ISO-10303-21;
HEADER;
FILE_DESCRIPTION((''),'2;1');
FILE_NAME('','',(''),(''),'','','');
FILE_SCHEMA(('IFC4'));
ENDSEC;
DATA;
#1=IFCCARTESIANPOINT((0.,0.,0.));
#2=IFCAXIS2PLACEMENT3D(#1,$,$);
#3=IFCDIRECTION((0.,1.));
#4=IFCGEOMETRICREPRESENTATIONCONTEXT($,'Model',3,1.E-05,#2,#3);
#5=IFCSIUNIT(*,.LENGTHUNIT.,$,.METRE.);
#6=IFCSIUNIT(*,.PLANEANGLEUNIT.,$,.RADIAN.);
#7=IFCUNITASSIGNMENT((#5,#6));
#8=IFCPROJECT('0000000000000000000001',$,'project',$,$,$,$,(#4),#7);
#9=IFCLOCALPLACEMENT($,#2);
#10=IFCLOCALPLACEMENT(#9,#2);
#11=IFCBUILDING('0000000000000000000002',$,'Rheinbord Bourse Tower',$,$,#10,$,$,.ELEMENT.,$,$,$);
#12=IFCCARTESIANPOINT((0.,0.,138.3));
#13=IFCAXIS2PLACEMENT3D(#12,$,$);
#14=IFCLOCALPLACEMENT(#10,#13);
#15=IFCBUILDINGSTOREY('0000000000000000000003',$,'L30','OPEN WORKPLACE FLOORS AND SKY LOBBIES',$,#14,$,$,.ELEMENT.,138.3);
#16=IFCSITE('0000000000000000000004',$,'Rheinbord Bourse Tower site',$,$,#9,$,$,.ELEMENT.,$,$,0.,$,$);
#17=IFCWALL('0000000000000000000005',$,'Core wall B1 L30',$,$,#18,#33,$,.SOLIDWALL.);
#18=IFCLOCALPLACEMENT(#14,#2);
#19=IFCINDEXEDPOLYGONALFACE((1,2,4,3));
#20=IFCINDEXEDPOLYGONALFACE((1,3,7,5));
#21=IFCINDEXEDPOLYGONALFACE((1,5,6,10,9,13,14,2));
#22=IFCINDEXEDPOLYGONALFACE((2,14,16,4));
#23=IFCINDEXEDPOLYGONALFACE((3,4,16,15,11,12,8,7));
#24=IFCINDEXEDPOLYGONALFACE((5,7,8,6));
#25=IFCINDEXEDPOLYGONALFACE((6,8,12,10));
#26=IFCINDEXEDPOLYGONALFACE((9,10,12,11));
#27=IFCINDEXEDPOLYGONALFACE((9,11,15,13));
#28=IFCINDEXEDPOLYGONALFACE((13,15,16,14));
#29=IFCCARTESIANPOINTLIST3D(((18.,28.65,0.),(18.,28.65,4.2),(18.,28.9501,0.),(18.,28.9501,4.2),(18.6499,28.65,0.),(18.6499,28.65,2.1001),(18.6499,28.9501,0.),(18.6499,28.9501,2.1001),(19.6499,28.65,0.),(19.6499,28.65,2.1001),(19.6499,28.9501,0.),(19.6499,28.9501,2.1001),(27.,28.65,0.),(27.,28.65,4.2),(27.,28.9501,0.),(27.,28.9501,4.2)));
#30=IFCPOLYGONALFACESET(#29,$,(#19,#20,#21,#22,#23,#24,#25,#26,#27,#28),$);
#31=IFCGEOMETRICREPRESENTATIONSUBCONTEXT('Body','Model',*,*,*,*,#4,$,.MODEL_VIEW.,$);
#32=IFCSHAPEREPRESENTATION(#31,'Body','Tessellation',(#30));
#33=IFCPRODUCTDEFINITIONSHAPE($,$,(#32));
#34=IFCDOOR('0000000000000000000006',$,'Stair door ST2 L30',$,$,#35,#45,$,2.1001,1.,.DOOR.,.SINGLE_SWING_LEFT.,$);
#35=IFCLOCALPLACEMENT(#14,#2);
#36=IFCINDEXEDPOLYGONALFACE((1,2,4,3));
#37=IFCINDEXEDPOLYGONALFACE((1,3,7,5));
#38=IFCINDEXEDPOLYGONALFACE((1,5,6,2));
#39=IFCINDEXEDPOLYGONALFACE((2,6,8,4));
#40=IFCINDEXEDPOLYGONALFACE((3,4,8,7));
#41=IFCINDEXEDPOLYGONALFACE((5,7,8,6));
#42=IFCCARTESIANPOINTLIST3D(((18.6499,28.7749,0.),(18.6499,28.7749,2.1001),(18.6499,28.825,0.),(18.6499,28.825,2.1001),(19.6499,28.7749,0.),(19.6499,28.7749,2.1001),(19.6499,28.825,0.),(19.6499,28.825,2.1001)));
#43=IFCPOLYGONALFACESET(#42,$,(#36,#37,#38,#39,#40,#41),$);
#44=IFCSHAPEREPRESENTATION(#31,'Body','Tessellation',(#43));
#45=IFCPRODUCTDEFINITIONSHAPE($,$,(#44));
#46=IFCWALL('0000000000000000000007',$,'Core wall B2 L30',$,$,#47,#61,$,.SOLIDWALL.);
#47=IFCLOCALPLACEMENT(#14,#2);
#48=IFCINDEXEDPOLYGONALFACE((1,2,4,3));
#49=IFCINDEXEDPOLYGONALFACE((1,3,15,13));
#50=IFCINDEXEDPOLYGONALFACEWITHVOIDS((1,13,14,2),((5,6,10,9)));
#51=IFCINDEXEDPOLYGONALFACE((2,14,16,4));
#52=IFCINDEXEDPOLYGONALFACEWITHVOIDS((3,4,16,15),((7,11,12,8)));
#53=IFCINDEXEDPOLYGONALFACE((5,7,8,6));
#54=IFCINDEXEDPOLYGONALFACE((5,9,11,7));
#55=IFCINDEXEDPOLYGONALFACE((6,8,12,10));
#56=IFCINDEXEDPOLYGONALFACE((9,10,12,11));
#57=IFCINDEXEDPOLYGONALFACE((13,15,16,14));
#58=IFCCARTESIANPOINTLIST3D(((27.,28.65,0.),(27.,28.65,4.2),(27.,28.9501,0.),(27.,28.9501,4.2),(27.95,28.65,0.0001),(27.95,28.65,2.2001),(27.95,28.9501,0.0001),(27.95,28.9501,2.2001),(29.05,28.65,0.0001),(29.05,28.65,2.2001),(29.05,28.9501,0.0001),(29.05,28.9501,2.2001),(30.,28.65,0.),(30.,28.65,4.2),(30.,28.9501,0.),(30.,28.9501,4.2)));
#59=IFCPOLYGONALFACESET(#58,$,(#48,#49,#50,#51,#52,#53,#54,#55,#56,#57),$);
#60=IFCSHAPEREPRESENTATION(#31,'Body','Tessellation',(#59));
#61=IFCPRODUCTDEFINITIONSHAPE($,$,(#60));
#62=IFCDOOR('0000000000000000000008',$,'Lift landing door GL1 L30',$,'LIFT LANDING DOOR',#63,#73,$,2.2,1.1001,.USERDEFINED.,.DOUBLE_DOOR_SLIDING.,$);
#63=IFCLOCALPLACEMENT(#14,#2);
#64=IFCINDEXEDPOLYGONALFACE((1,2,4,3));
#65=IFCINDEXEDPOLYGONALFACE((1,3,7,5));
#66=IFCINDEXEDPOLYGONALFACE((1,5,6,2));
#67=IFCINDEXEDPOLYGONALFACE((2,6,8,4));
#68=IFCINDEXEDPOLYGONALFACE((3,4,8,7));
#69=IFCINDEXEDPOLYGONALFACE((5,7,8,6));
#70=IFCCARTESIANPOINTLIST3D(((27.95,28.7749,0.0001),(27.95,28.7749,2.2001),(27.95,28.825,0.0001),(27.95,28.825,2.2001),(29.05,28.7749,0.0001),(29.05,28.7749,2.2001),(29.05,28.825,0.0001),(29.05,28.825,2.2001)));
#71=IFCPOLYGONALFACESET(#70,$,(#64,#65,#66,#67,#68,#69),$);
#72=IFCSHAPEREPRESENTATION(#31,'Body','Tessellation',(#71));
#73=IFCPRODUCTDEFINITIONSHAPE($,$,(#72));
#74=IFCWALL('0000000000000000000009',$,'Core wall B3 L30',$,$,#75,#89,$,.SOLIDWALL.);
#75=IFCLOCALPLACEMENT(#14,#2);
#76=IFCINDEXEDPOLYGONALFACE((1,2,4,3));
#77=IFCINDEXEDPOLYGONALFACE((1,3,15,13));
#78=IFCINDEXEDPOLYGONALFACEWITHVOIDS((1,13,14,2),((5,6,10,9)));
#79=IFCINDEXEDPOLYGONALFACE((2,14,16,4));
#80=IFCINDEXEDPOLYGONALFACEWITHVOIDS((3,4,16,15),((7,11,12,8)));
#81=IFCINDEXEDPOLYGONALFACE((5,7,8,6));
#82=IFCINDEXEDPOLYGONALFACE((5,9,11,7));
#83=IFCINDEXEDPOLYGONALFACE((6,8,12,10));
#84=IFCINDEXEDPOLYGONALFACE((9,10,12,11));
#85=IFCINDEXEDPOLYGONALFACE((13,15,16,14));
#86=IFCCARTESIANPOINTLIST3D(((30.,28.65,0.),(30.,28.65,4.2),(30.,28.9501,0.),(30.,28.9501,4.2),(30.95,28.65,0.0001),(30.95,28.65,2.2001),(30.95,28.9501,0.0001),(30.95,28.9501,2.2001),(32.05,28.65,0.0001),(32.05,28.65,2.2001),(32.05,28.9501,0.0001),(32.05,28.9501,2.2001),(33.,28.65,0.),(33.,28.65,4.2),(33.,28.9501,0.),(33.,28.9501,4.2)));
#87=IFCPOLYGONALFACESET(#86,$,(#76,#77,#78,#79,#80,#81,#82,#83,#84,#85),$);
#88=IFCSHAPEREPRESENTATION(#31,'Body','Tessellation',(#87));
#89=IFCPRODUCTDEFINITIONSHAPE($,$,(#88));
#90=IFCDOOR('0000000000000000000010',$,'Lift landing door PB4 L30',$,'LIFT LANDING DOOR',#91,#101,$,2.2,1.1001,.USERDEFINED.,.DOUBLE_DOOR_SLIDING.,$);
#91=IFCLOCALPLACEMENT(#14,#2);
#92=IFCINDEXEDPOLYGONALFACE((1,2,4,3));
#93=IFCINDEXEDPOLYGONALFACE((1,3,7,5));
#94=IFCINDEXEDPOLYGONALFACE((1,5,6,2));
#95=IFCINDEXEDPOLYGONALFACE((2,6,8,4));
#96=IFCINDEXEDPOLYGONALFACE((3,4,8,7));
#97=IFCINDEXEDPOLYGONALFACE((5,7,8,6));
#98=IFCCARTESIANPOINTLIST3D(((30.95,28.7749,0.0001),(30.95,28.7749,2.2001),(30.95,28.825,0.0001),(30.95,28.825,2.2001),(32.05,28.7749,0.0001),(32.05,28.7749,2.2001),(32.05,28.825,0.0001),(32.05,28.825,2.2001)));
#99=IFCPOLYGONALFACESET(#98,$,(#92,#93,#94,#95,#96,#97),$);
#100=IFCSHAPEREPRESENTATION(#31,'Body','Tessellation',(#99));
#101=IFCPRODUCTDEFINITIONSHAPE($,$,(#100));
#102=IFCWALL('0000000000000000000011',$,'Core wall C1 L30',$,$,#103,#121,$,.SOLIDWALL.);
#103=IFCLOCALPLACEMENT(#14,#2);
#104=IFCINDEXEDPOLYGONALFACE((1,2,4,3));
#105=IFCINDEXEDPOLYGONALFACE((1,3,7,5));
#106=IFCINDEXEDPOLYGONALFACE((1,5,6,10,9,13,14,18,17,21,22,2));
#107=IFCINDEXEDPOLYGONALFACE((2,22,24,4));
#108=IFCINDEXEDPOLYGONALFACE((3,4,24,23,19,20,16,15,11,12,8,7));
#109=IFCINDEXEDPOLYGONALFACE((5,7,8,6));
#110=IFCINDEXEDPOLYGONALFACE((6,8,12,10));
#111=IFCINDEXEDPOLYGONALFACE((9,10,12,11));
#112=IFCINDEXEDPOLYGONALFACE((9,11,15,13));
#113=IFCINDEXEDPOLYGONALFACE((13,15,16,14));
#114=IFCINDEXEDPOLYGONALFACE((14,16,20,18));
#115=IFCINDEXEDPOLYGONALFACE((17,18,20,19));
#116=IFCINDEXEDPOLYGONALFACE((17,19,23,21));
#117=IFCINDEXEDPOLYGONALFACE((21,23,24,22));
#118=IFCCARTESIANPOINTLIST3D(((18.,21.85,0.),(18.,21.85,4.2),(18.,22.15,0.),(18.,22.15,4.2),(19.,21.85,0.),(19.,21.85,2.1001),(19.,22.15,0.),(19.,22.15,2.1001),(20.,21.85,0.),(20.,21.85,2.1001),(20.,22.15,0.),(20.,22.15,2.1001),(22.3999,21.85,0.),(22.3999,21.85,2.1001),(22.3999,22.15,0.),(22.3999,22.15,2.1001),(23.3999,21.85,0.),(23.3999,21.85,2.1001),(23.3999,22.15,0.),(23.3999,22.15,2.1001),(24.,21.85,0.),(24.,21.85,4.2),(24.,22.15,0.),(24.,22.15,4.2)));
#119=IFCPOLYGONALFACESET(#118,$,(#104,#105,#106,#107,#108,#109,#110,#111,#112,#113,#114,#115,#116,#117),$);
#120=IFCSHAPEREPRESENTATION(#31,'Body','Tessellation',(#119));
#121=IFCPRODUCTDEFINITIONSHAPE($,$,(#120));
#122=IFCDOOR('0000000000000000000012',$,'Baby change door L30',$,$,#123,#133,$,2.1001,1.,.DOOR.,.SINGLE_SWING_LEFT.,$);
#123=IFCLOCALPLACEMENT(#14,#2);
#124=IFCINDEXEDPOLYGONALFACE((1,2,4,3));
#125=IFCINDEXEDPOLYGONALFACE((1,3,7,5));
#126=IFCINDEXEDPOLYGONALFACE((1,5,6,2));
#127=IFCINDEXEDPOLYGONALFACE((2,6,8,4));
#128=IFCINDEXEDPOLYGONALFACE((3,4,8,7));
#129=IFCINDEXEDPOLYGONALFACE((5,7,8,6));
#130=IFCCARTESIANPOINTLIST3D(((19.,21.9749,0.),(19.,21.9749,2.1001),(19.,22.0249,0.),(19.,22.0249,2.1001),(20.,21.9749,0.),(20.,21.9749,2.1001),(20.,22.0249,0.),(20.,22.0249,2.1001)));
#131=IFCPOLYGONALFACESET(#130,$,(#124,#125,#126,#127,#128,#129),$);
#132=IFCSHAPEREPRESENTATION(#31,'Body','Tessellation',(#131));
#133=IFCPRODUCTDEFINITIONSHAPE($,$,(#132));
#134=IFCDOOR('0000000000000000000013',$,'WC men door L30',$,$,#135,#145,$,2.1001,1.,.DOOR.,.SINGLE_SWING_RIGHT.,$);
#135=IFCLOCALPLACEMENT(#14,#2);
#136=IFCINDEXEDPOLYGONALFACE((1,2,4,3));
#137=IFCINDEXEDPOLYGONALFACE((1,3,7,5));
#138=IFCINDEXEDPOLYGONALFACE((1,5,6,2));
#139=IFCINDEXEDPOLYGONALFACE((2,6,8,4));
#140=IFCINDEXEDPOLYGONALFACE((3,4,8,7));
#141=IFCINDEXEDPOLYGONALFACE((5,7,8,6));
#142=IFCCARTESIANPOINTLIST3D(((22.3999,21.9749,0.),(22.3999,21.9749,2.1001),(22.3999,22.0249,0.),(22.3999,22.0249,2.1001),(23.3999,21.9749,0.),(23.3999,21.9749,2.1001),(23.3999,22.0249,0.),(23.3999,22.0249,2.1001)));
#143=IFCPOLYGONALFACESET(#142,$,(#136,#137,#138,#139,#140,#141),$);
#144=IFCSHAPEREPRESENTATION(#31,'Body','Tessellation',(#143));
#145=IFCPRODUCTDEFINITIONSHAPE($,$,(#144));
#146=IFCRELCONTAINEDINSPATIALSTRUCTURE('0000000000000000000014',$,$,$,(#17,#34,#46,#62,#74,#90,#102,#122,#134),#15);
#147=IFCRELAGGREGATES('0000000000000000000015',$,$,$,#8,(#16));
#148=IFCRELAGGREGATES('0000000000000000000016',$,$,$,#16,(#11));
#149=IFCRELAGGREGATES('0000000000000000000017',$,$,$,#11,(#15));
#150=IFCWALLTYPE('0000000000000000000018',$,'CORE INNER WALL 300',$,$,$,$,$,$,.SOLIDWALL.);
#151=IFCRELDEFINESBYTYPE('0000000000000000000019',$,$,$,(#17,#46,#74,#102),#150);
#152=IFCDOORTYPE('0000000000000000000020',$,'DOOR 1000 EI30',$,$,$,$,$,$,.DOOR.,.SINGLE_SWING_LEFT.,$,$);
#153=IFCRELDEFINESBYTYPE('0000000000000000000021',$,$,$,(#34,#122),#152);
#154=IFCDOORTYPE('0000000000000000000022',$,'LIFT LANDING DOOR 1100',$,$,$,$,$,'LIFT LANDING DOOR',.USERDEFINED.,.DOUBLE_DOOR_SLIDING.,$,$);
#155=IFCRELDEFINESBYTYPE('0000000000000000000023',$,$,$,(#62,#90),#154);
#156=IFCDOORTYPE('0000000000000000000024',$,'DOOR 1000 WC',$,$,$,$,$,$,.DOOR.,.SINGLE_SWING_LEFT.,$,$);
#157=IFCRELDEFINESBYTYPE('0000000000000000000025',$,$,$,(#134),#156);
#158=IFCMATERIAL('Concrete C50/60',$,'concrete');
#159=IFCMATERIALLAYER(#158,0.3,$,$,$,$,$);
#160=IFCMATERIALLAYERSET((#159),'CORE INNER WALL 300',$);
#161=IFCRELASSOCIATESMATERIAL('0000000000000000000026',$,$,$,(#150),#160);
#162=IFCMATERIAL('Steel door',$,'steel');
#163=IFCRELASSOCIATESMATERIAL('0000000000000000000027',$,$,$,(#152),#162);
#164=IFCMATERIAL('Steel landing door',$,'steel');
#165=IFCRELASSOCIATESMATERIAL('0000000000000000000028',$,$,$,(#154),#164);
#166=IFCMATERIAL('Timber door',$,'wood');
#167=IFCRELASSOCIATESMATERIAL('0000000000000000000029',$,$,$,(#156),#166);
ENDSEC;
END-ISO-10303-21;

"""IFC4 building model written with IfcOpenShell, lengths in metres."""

from ifc_helpers import new_model, si_unit, direction, frame, frame_2d, origin, place, context, subcontext, project, spatial, rectangle, extrude, material, layer, layer_set, type_object, element, fill, save


model = new_model("IFC4")

# Units and contexts
model_context = context("Model", 3, precision=1e-05, world=origin(), true_north=direction((0.0, 1.0)))
body_context = subcontext(model_context, "Body", "Model", "MODEL_VIEW")
ifc_project = project(units=[si_unit("LENGTHUNIT", "METRE"), si_unit("PLANEANGLEUNIT", "RADIAN")], contexts=[model_context])

# Site, building, storey
site_placement = place(None, origin())
site = spatial("IfcSite", under=ifc_project, at=site_placement, Name="Rheinbord Bourse Tower site", CompositionType="ELEMENT", RefElevation=0.0)
building_placement = place(site_placement, origin())
building = spatial("IfcBuilding", under=site, at=building_placement, Name="Rheinbord Bourse Tower", CompositionType="ELEMENT")
storey_placement = place(building_placement, frame((0.0, 0.0, 138.3)))
storey = spatial("IfcBuildingStorey", under=building, at=storey_placement, Name="L30", Description="OPEN WORKPLACE FLOORS AND SKY LOBBIES", CompositionType="ELEMENT", Elevation=138.3)

# Walls, openings, doors
ifc_material_1 = material(Name="Concrete C50/60", Category="concrete")
ifc_layer_1 = layer(ifc_material_1, 0.3)
ifc_layer_set_1 = layer_set([ifc_layer_1], Name="CORE INNER WALL 300")
wall_type_1 = type_object("IfcWallType", Name="CORE INNER WALL 300", PredefinedType="SOLIDWALL", material=ifc_layer_set_1)
wall_1_placement = place(storey_placement, frame((18.0, 28.8, 0.0), z_axis=(0.0, 0.0, 1.0), x_axis=(1.0, 0.0, 0.0)))
wall_1 = element("IfcWall", 1, at=wall_1_placement, inside=storey, type_object=wall_type_1, Name="Core wall B1 L30", PredefinedType="SOLIDWALL", context=body_context, shape_type="SweptSolid", body=[
    extrude(rectangle(XDim=9.0, YDim=0.3, at=frame_2d((4.5, 0.0))), origin(), (0.0, 0.0, 1.0), 4.2),
])
opening_1_placement = place(wall_1_placement, frame((0.6499, 0.0, 0.0)))
opening_1 = element("IfcOpeningElement", 2, at=opening_1_placement, cuts=wall_1, PredefinedType="OPENING", context=body_context, shape_type="SweptSolid", body=[
    extrude(rectangle(XDim=1.0, YDim=2.1001, at=frame_2d((0.5, 1.05))), frame((0.0, 0.1599, 0.0), z_axis=(0.0, -1.0, 0.0), x_axis=(1.0, 0.0, 0.0)), (0.0, 0.0, 1.0), 0.3201),
])
ifc_material_2 = material(Name="Steel door", Category="steel")
door_type_1 = type_object("IfcDoorType", Name="DOOR 1000 EI30", OperationType="SINGLE_SWING_LEFT", PredefinedType="DOOR", material=ifc_material_2)
door_1_placement = place(opening_1_placement, origin())
door_1 = element("IfcDoor", 3, at=door_1_placement, inside=storey, type_object=door_type_1, Name="Stair door ST2 L30", OperationType="SINGLE_SWING_LEFT", OverallHeight=2.1001, OverallWidth=1.0, PredefinedType="DOOR", context=body_context, shape_type="SweptSolid", body=[
    extrude(rectangle(XDim=1.0, YDim=2.1001, at=frame_2d((0.5, 1.05))), frame((0.0, 0.0249, 0.0), z_axis=(0.0, -1.0, 0.0), x_axis=(1.0, 0.0, 0.0)), (0.0, 0.0, 1.0), 0.05),
])
fill(opening_1, door_1)
wall_2_placement = place(storey_placement, frame((27.0, 28.8, 0.0), z_axis=(0.0, 0.0, 1.0), x_axis=(1.0, 0.0, 0.0)))
wall_2 = element("IfcWall", 4, at=wall_2_placement, inside=storey, type_object=wall_type_1, Name="Core wall B2 L30", PredefinedType="SOLIDWALL", context=body_context, shape_type="SweptSolid", body=[
    extrude(rectangle(XDim=3.0, YDim=0.3, at=frame_2d((1.5, 0.0))), origin(), (0.0, 0.0, 1.0), 4.2),
])
opening_2_placement = place(wall_2_placement, frame((0.95, 0.0, 0.0)))
opening_2 = element("IfcOpeningElement", 5, at=opening_2_placement, cuts=wall_2, PredefinedType="OPENING", context=body_context, shape_type="SweptSolid", body=[
    extrude(rectangle(XDim=1.1001, YDim=2.2, at=frame_2d((0.55, 1.1001))), frame((0.0, 0.1599, 0.0), z_axis=(0.0, -1.0, 0.0), x_axis=(1.0, 0.0, 0.0)), (0.0, 0.0, 1.0), 0.3201),
])
ifc_material_3 = material(Name="Steel landing door", Category="steel")
door_type_2 = type_object("IfcDoorType", Name="LIFT LANDING DOOR 1100", ElementType="LIFT LANDING DOOR", OperationType="DOUBLE_DOOR_SLIDING", PredefinedType="USERDEFINED", material=ifc_material_3)
door_2_placement = place(opening_2_placement, origin())
door_2 = element("IfcDoor", 6, at=door_2_placement, inside=storey, type_object=door_type_2, Name="Lift landing door GL1 L30", ObjectType="LIFT LANDING DOOR", OperationType="DOUBLE_DOOR_SLIDING", OverallHeight=2.2, OverallWidth=1.1001, PredefinedType="USERDEFINED", context=body_context, shape_type="SweptSolid", body=[
    extrude(rectangle(XDim=1.1001, YDim=2.2, at=frame_2d((0.55, 1.1001))), frame((0.0, 0.0249, 0.0), z_axis=(0.0, -1.0, 0.0), x_axis=(1.0, 0.0, 0.0)), (0.0, 0.0, 1.0), 0.05),
])
fill(opening_2, door_2)
wall_3_placement = place(storey_placement, frame((30.0, 28.8, 0.0), z_axis=(0.0, 0.0, 1.0), x_axis=(1.0, 0.0, 0.0)))
wall_3 = element("IfcWall", 7, at=wall_3_placement, inside=storey, type_object=wall_type_1, Name="Core wall B3 L30", PredefinedType="SOLIDWALL", context=body_context, shape_type="SweptSolid", body=[
    extrude(rectangle(XDim=3.0, YDim=0.3, at=frame_2d((1.5, 0.0))), origin(), (0.0, 0.0, 1.0), 4.2),
])
opening_3_placement = place(wall_3_placement, frame((0.95, 0.0, 0.0)))
opening_3 = element("IfcOpeningElement", 8, at=opening_3_placement, cuts=wall_3, PredefinedType="OPENING", context=body_context, shape_type="SweptSolid", body=[
    extrude(rectangle(XDim=1.1001, YDim=2.2, at=frame_2d((0.55, 1.1001))), frame((0.0, 0.1599, 0.0), z_axis=(0.0, -1.0, 0.0), x_axis=(1.0, 0.0, 0.0)), (0.0, 0.0, 1.0), 0.3201),
])
door_3_placement = place(opening_3_placement, origin())
door_3 = element("IfcDoor", 9, at=door_3_placement, inside=storey, type_object=door_type_2, Name="Lift landing door PB4 L30", ObjectType="LIFT LANDING DOOR", OperationType="DOUBLE_DOOR_SLIDING", OverallHeight=2.2, OverallWidth=1.1001, PredefinedType="USERDEFINED", context=body_context, shape_type="SweptSolid", body=[
    extrude(rectangle(XDim=1.1001, YDim=2.2, at=frame_2d((0.55, 1.1001))), frame((0.0, 0.0249, 0.0), z_axis=(0.0, -1.0, 0.0), x_axis=(1.0, 0.0, 0.0)), (0.0, 0.0, 1.0), 0.05),
])
fill(opening_3, door_3)

# Wall, openings, doors
wall_4_placement = place(storey_placement, frame((18.0, 22.0, 0.0), z_axis=(0.0, 0.0, 1.0), x_axis=(1.0, 0.0, 0.0)))
wall_4 = element("IfcWall", 10, at=wall_4_placement, inside=storey, type_object=wall_type_1, Name="Core wall C1 L30", PredefinedType="SOLIDWALL", context=body_context, shape_type="SweptSolid", body=[
    extrude(rectangle(XDim=6.0, YDim=0.3, at=frame_2d((3.0, 0.0))), origin(), (0.0, 0.0, 1.0), 4.2),
])
opening_4_placement = place(wall_4_placement, frame((4.3999, 0.0, 0.0)))
opening_4 = element("IfcOpeningElement", 11, at=opening_4_placement, cuts=wall_4, PredefinedType="OPENING", context=body_context, shape_type="SweptSolid", body=[
    extrude(rectangle(XDim=1.0, YDim=2.1001, at=frame_2d((0.5, 1.05))), frame((0.0, 0.1599, 0.0), z_axis=(0.0, -1.0, 0.0), x_axis=(1.0, 0.0, 0.0)), (0.0, 0.0, 1.0), 0.3201),
])
opening_5_placement = place(wall_4_placement, frame((1.0, 0.0, 0.0)))
opening_5 = element("IfcOpeningElement", 12, at=opening_5_placement, cuts=wall_4, PredefinedType="OPENING", context=body_context, shape_type="SweptSolid", body=[
    extrude(rectangle(XDim=1.0, YDim=2.1001, at=frame_2d((0.5, 1.05))), frame((0.0, 0.1599, 0.0), z_axis=(0.0, -1.0, 0.0), x_axis=(1.0, 0.0, 0.0)), (0.0, 0.0, 1.0), 0.3201),
])
door_4_placement = place(opening_5_placement, origin())
door_4 = element("IfcDoor", 13, at=door_4_placement, inside=storey, type_object=door_type_1, Name="Baby change door L30", OperationType="SINGLE_SWING_LEFT", OverallHeight=2.1001, OverallWidth=1.0, PredefinedType="DOOR", context=body_context, shape_type="SweptSolid", body=[
    extrude(rectangle(XDim=1.0, YDim=2.1001, at=frame_2d((0.5, 1.05))), frame((0.0, 0.0249, 0.0), z_axis=(0.0, -1.0, 0.0), x_axis=(1.0, 0.0, 0.0)), (0.0, 0.0, 1.0), 0.05),
])
fill(opening_5, door_4)
ifc_material_4 = material(Name="Timber door", Category="wood")
door_type_3 = type_object("IfcDoorType", Name="DOOR 1000 WC", OperationType="SINGLE_SWING_LEFT", PredefinedType="DOOR", material=ifc_material_4)
door_5_placement = place(opening_4_placement, origin())
door_5 = element("IfcDoor", 14, at=door_5_placement, inside=storey, type_object=door_type_3, Name="WC men door L30", OperationType="SINGLE_SWING_RIGHT", OverallHeight=2.1001, OverallWidth=1.0, PredefinedType="DOOR", context=body_context, shape_type="SweptSolid", body=[
    extrude(rectangle(XDim=1.0, YDim=2.1001, at=frame_2d((0.5, 1.05))), frame((0.0, 0.0249, 0.0), z_axis=(0.0, -1.0, 0.0), x_axis=(1.0, 0.0, 0.0)), (0.0, 0.0, 1.0), 0.05),
])
fill(opening_4, door_5)

save(model, "model.ifc")
